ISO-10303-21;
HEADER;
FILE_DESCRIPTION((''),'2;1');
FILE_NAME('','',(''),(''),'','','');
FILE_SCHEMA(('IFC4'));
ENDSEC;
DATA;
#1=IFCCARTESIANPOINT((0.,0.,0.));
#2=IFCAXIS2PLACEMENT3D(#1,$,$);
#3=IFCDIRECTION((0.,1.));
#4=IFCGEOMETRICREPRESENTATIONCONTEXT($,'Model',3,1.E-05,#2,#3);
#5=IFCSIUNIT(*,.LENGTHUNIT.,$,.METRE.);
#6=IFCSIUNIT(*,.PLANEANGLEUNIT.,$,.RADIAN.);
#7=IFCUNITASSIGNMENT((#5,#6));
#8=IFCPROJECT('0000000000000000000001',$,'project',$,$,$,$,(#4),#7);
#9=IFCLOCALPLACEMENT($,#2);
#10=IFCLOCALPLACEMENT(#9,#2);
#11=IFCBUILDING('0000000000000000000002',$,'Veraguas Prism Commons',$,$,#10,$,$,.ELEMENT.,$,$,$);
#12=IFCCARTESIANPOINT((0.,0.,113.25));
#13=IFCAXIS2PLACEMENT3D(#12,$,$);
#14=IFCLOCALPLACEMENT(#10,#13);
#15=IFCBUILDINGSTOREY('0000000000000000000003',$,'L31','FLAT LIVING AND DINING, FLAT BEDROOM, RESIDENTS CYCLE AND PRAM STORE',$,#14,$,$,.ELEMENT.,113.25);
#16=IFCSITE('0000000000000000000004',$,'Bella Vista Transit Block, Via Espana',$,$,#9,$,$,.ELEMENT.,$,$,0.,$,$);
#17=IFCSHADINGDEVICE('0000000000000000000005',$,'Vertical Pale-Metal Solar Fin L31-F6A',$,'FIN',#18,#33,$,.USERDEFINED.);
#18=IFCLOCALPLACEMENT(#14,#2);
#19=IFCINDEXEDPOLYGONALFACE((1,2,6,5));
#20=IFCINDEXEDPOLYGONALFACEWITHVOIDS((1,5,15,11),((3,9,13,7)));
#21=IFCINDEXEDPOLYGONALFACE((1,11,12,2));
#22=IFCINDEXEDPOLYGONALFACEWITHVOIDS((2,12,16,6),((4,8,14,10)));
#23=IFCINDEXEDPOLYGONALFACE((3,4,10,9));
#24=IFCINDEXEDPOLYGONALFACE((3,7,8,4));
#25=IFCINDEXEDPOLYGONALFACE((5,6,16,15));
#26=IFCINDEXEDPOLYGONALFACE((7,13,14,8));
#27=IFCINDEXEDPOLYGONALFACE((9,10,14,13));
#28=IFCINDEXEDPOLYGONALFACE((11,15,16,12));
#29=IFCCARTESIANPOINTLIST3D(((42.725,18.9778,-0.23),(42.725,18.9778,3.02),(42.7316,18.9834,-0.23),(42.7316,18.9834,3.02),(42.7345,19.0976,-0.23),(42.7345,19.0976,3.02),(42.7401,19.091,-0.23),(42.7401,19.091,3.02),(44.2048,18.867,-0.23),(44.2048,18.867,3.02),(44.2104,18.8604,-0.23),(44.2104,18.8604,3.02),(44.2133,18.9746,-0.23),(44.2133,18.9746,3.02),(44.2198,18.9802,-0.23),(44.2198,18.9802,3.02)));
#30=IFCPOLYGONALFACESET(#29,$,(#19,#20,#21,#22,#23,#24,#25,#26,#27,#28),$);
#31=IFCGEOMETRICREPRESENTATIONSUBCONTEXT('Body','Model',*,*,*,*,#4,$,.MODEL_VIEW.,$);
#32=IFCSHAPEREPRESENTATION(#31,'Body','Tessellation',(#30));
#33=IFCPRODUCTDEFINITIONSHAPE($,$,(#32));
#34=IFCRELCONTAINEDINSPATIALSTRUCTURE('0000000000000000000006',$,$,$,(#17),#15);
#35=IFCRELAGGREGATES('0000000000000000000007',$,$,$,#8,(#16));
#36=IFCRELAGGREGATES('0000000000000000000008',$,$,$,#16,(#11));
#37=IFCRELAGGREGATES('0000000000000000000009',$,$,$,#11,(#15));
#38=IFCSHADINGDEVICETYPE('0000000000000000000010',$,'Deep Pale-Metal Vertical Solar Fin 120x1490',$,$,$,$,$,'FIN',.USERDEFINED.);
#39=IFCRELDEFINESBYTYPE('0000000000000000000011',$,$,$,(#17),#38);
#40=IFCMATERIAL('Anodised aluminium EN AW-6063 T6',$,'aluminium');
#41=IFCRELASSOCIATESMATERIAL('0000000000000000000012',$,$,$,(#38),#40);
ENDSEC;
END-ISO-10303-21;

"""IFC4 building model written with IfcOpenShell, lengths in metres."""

from ifc_helpers import new_model, si_unit, direction, frame, origin, origin_2d, place, context, subcontext, project, spatial, hollow_rectangle, extrude, material, material_profile, profile_set, type_object, element, save


model = new_model("IFC4")

# Units and contexts
model_context = context("Model", 3, precision=1e-05, world=origin(), true_north=direction((0.0, 1.0)))
body_context = subcontext(model_context, "Body", "Model", "MODEL_VIEW")
ifc_project = project(units=[si_unit("LENGTHUNIT", "METRE"), si_unit("PLANEANGLEUNIT", "RADIAN")], contexts=[model_context])

# Site, building, storey
site_placement = place(None, origin())
site = spatial("IfcSite", under=ifc_project, at=site_placement, Name="Bella Vista Transit Block, Via Espana", CompositionType="ELEMENT", RefElevation=0.0)
building_placement = place(site_placement, origin())
building = spatial("IfcBuilding", under=site, at=building_placement, Name="Veraguas Prism Commons", CompositionType="ELEMENT")
storey_placement = place(building_placement, frame((0.0, 0.0, 113.25)))
storey = spatial("IfcBuildingStorey", under=building, at=storey_placement, Name="L31", Description="FLAT LIVING AND DINING, FLAT BEDROOM, RESIDENTS CYCLE AND PRAM STORE", CompositionType="ELEMENT", Elevation=113.25)

# Shared definitions
ifc_material_1 = material(Name="Anodised aluminium EN AW-6063 T6", Category="aluminium")

# Shading device
ifc_material_profile_1 = material_profile(ifc_material_1, hollow_rectangle(XDim=0.1201, YDim=1.49, WallThickness=0.0061, at=origin_2d()), Name="FIN120X1490X6")
ifc_profile_set_1 = profile_set([ifc_material_profile_1], Name="Anodised aluminium EN AW-6063 T6")
shading_device_type = type_object("IfcShadingDeviceType", Name="Deep Pale-Metal Vertical Solar Fin 120x1490", ElementType="FIN", PredefinedType="USERDEFINED", material=ifc_profile_set_1)
shading_device_placement = place(storey_placement, frame((43.4724, 18.979, -0.23), z_axis=(0.0, 0.0, 1.0), x_axis=(0.078804, 0.99689, 0.0)))
element("IfcShadingDevice", 1, at=shading_device_placement, inside=storey, type_object=shading_device_type, Name="Vertical Pale-Metal Solar Fin L31-F6A", ObjectType="FIN", PredefinedType="USERDEFINED", context=body_context, shape_type="SweptSolid", body=[
    extrude(hollow_rectangle(XDim=0.1201, YDim=1.49, WallThickness=0.0061, at=origin_2d()), origin(), (0.0, 0.0, 1.0), 3.25),
])

save(model, "model.ifc")
